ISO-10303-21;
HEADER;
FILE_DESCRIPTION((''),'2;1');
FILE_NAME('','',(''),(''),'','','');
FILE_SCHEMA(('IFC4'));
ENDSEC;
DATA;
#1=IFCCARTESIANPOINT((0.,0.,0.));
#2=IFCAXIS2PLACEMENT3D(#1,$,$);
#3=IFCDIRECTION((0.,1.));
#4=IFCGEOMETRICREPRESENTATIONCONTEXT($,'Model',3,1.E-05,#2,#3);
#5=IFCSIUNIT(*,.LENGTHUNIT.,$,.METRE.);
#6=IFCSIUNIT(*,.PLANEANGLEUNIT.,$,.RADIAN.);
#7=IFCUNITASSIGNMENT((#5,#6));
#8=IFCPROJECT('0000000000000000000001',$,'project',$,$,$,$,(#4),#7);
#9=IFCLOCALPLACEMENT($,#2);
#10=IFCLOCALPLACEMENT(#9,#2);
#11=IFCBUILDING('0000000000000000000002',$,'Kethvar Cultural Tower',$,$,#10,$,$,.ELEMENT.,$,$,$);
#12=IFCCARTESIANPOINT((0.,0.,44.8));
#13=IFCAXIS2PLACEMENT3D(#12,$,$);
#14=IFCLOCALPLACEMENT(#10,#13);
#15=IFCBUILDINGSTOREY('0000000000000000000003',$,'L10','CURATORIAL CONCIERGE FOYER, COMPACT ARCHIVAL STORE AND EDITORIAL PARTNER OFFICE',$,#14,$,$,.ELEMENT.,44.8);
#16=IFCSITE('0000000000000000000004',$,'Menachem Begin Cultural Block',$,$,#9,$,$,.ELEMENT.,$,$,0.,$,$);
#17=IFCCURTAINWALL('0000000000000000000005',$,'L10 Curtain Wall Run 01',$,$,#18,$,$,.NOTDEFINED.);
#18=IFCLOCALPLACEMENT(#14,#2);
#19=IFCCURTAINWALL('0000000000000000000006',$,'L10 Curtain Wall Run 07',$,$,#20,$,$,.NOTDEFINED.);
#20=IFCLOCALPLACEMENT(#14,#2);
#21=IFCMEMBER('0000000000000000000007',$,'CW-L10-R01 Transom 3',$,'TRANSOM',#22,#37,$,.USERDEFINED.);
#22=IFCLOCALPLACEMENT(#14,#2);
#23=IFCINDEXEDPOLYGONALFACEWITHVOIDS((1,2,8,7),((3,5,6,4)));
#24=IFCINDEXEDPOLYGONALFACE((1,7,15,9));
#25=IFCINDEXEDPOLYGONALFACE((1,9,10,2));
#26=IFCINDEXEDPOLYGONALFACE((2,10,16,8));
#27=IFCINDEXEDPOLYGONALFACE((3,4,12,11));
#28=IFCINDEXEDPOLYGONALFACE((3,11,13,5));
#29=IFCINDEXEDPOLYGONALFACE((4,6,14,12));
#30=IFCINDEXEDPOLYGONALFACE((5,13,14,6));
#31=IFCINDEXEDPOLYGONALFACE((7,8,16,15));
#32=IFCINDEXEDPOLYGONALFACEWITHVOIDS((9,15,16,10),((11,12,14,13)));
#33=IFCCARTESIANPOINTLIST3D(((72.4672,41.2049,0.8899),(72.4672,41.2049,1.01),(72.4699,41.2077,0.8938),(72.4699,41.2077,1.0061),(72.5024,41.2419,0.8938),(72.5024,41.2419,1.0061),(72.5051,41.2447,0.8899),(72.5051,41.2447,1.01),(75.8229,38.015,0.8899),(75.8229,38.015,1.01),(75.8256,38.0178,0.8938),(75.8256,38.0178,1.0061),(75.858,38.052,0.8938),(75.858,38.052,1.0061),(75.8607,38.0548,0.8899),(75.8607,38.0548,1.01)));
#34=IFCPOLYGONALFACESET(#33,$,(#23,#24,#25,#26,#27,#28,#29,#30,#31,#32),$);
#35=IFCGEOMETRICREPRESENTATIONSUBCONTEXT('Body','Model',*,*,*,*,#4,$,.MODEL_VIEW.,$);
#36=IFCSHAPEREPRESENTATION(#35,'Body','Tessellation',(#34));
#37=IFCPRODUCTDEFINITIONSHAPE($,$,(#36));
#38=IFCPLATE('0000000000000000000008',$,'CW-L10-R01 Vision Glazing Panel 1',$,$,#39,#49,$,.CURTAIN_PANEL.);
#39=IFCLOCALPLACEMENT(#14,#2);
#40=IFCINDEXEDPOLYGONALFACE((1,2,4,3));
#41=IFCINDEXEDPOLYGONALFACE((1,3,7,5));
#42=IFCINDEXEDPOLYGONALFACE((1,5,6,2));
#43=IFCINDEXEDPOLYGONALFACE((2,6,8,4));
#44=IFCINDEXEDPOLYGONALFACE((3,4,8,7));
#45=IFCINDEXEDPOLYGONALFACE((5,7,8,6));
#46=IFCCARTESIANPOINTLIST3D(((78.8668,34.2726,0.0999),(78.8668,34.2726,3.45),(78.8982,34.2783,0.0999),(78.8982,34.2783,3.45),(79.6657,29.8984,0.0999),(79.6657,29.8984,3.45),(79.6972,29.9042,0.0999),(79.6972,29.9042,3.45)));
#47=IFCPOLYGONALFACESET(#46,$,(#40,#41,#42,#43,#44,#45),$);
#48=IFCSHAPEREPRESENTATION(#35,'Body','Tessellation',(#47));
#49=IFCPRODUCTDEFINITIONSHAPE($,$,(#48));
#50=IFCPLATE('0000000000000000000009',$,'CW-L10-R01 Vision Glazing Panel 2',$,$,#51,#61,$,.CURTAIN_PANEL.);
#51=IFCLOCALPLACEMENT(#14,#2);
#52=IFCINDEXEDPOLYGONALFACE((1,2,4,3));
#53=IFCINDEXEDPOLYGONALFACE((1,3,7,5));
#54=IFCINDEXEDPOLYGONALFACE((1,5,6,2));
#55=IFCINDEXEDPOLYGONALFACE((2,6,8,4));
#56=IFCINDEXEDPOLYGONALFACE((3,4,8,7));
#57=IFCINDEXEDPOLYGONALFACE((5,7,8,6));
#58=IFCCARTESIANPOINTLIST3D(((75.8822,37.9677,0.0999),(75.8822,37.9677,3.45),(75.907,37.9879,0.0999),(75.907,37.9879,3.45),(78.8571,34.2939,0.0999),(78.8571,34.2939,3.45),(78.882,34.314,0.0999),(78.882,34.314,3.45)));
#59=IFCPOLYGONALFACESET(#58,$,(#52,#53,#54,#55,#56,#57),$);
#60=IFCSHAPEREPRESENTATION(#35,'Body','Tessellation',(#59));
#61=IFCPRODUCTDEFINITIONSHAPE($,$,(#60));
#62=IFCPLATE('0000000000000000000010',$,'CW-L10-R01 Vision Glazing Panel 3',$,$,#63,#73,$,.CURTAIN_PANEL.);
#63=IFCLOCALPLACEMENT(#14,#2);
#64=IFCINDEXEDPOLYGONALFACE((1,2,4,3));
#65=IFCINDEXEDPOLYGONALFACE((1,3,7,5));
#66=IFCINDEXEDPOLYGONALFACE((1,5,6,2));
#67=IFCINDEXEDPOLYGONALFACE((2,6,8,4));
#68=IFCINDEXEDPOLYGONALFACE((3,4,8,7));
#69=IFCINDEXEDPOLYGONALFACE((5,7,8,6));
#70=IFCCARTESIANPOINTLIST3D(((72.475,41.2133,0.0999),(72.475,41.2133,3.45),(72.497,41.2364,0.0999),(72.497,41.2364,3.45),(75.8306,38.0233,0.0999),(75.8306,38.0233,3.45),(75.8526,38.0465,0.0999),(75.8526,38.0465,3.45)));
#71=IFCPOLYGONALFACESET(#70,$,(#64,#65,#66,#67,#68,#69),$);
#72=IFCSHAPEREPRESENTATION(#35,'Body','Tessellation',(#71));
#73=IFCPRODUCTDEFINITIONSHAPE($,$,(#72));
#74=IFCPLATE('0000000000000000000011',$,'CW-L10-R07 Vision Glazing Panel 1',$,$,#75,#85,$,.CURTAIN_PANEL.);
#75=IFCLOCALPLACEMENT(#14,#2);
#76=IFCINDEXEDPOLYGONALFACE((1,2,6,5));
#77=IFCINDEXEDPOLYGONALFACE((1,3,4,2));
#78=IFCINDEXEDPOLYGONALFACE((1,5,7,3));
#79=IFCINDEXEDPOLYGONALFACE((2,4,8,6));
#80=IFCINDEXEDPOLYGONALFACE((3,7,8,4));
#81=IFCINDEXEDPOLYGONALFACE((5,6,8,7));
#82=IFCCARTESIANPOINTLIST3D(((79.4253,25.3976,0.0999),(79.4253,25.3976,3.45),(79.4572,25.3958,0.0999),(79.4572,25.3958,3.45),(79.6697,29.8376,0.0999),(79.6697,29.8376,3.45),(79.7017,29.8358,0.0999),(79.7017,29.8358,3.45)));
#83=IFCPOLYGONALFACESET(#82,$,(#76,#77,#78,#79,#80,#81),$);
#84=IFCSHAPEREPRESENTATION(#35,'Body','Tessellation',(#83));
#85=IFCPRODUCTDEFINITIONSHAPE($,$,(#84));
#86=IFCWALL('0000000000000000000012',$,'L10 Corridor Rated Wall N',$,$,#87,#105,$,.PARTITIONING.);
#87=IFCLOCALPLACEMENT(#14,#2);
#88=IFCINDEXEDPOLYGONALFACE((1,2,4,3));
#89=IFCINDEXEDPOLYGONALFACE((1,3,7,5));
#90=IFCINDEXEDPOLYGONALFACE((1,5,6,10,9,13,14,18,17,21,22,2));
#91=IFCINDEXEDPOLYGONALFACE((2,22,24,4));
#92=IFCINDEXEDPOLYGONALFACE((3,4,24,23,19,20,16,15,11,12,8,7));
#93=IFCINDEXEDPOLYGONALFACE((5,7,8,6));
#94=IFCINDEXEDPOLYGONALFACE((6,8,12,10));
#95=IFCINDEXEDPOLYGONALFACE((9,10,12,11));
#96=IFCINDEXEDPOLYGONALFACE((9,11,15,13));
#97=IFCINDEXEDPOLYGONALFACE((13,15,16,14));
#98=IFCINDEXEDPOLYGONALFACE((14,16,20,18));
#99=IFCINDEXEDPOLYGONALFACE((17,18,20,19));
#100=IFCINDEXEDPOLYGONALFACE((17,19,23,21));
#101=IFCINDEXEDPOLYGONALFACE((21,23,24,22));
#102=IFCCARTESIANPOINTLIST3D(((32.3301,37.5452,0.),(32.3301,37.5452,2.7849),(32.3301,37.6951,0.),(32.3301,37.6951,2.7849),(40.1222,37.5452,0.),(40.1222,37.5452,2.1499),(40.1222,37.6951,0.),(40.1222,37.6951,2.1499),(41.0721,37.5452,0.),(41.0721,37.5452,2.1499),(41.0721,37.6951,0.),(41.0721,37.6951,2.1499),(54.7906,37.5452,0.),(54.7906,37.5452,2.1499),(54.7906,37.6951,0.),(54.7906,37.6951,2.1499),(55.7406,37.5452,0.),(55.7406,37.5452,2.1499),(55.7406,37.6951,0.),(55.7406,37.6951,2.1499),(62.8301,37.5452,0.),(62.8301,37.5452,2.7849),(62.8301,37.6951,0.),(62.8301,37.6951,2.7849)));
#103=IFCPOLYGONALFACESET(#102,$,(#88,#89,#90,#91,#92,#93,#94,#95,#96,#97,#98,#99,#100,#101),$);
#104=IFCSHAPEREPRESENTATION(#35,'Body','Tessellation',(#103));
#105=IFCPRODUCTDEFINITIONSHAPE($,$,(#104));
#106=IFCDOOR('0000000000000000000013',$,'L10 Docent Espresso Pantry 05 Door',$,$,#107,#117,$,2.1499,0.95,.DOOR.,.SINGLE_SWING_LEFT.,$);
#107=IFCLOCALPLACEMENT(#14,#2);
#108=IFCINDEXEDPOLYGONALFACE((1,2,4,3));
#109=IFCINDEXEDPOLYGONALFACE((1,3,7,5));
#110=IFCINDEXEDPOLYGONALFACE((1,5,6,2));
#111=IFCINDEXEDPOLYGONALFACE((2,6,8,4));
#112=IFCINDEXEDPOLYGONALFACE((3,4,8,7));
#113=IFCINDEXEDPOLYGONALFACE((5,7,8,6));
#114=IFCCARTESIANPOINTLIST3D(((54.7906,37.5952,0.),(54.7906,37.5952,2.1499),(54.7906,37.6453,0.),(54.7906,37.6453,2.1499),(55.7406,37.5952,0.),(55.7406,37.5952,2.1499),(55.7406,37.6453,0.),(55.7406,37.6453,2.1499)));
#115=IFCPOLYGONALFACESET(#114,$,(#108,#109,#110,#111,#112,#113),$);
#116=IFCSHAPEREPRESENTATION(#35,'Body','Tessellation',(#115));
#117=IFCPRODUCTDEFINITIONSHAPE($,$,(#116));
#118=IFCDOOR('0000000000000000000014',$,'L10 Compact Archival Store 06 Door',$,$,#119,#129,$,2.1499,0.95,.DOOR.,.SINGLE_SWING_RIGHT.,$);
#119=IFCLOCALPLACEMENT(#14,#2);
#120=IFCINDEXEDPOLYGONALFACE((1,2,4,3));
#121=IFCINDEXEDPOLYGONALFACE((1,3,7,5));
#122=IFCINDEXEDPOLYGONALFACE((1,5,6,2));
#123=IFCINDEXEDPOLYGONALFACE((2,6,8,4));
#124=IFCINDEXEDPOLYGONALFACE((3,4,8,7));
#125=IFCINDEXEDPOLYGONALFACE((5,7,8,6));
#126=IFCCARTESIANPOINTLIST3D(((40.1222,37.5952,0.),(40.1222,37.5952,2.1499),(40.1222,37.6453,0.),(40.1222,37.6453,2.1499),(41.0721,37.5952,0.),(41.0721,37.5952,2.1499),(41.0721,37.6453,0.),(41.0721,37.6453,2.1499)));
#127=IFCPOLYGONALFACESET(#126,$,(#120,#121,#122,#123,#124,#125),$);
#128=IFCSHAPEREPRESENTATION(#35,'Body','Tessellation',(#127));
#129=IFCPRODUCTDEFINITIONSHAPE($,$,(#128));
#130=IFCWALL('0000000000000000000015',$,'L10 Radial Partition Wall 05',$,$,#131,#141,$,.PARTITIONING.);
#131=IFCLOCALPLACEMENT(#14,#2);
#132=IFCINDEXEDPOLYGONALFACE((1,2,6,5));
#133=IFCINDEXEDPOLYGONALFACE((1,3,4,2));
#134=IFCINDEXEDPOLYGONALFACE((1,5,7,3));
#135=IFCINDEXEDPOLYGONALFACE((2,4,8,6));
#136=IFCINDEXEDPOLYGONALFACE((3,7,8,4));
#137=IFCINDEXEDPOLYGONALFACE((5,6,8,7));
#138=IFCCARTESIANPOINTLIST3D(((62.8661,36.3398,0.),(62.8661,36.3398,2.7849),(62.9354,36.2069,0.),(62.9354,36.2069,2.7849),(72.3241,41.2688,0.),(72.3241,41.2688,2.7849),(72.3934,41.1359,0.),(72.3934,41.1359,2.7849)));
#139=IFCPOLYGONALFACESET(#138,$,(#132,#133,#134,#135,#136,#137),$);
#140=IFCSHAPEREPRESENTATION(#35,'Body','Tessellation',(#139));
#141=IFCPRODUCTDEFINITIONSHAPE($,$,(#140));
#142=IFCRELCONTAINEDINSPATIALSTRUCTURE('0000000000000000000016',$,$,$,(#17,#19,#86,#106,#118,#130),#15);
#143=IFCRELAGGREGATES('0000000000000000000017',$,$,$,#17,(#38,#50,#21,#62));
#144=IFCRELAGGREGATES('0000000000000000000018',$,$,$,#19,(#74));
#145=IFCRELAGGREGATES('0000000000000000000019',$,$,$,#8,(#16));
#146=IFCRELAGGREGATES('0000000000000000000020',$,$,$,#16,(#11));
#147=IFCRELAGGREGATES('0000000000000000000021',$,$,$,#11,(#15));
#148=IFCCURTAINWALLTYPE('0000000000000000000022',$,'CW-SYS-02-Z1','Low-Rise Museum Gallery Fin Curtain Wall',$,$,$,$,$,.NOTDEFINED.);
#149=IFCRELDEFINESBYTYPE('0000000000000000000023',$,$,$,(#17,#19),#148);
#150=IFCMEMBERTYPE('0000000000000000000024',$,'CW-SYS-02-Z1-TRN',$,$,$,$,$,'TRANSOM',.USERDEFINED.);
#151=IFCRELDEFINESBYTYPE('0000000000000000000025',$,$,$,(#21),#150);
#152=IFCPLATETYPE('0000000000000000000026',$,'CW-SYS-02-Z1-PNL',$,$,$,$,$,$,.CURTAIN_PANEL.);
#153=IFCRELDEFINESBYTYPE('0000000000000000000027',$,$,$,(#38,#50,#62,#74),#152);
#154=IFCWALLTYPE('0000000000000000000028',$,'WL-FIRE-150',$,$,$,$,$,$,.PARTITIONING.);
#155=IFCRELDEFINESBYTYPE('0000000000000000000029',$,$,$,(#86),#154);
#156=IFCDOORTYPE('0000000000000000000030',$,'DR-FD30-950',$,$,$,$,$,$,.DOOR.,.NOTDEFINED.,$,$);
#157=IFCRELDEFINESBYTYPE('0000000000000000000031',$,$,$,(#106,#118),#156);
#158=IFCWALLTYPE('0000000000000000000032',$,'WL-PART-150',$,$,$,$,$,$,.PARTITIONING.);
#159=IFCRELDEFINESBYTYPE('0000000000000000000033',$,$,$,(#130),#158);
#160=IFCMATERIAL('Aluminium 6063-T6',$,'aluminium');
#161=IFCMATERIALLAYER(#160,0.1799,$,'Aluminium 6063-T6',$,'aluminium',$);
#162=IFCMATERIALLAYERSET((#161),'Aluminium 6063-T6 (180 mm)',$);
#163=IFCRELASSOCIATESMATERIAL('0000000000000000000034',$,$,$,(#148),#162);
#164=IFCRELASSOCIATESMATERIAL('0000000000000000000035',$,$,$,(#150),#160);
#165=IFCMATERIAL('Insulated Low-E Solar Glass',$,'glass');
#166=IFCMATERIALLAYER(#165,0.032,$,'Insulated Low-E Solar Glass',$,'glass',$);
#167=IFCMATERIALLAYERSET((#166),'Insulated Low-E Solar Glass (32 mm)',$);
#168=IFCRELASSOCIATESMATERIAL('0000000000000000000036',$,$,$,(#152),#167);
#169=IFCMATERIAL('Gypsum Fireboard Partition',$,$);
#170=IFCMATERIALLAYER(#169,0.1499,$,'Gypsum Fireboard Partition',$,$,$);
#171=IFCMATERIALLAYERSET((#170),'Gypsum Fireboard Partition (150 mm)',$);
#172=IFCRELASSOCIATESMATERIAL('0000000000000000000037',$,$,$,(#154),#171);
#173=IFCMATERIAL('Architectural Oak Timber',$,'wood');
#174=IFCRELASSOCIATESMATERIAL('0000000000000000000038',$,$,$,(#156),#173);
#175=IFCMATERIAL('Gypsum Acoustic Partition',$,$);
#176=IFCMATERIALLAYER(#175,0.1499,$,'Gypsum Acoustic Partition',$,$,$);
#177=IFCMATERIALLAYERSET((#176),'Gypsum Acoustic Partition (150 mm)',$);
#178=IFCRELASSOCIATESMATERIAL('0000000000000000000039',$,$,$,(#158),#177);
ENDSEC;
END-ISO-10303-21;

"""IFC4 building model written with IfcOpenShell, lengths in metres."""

from ifc_helpers import new_model, si_unit, direction, frame, frame_2d, origin, origin_2d, place, context, subcontext, project, spatial, rectangle, hollow_rectangle, extrude, source, transform, mapped, material, layer, layer_set, material_profile, profile_set, type_object, element, fill, aggregate, save


model = new_model("IFC4")

# Units and contexts
model_context = context("Model", 3, precision=1e-05, world=origin(), true_north=direction((0.0, 1.0)))
body_context = subcontext(model_context, "Body", "Model", "MODEL_VIEW")
ifc_project = project(units=[si_unit("LENGTHUNIT", "METRE"), si_unit("PLANEANGLEUNIT", "RADIAN")], contexts=[model_context])

# Site, building, storey
site_placement = place(None, origin())
site = spatial("IfcSite", under=ifc_project, at=site_placement, Name="Menachem Begin Cultural Block", CompositionType="ELEMENT", RefElevation=0.0)
building_placement = place(site_placement, origin())
building = spatial("IfcBuilding", under=site, at=building_placement, Name="Kethvar Cultural Tower", CompositionType="ELEMENT")
storey_placement = place(building_placement, frame((0.0, 0.0, 44.8)))
storey = spatial("IfcBuildingStorey", under=building, at=storey_placement, Name="L10", Description="CURATORIAL CONCIERGE FOYER, COMPACT ARCHIVAL STORE AND EDITORIAL PARTNER OFFICE", CompositionType="ELEMENT", Elevation=44.8)

# Curtain wall
ifc_material_1 = material(Name="Aluminium 6063-T6", Category="aluminium")
ifc_layer_1 = layer(ifc_material_1, 0.1799, Name="Aluminium 6063-T6", Category="aluminium")
ifc_layer_set_1 = layer_set([ifc_layer_1], Name="Aluminium 6063-T6 (180 mm)")
curtain_wall_type = type_object("IfcCurtainWallType", Name="CW-SYS-02-Z1", Description="Low-Rise Museum Gallery Fin Curtain Wall", PredefinedType="NOTDEFINED", material=ifc_layer_set_1)
curtain_wall_1_placement = place(storey_placement, origin())
curtain_wall_1 = element("IfcCurtainWall", 1, at=curtain_wall_1_placement, inside=storey, type_object=curtain_wall_type, Name="L10 Curtain Wall Run 01", PredefinedType="NOTDEFINED")

# Curtain wall
curtain_wall_2_placement = place(storey_placement, origin())
curtain_wall_2 = element("IfcCurtainWall", 2, at=curtain_wall_2_placement, inside=storey, type_object=curtain_wall_type, Name="L10 Curtain Wall Run 07", PredefinedType="NOTDEFINED")

# Member
ifc_material_profile_1 = material_profile(ifc_material_1, hollow_rectangle(XDim=0.0549, YDim=0.1201, WallThickness=0.0039, at=origin_2d()), Name="Aluminium 6063-T6 — RHS120x55x4")
ifc_profile_set_1 = profile_set([ifc_material_profile_1], Name="Aluminium 6063-T6 — RHS120x55x4")
member_type_1 = type_object("IfcMemberType", Name="CW-SYS-02-Z1-TRN", ElementType="TRANSOM", PredefinedType="USERDEFINED", material=ifc_profile_set_1)
shared_shape_1 = source(origin(), body_context, "Body", "SweptSolid", [
    extrude(hollow_rectangle(XDim=0.0549, YDim=0.1201, WallThickness=0.0039, at=origin_2d()), origin(), (0.0, 0.0, 1.0), 4.6299),
])
member_1_placement = place(storey_placement, frame((75.8418, 38.0349, 0.95), z_axis=(-0.724782, 0.688978, 0.0), x_axis=(-0.688978, -0.724782, 0.0)))
member_1 = element("IfcMember", 3, at=member_1_placement, type_object=member_type_1, Name="CW-L10-R01 Transom 3", ObjectType="TRANSOM", PredefinedType="USERDEFINED", context=body_context, shape_type="MappedRepresentation", body=[
    mapped(shared_shape_1, transform((0.0, 0.0, 0.0), scale=1.0)),
])

# Plates
ifc_material_2 = material(Name="Insulated Low-E Solar Glass", Category="glass")
ifc_layer_2 = layer(ifc_material_2, 0.032, Name="Insulated Low-E Solar Glass", Category="glass")
ifc_layer_set_2 = layer_set([ifc_layer_2], Name="Insulated Low-E Solar Glass (32 mm)")
plate_type = type_object("IfcPlateType", Name="CW-SYS-02-Z1-PNL", PredefinedType="CURTAIN_PANEL", material=ifc_layer_set_2)
shared_shape_2 = source(origin(), body_context, "Body", "SweptSolid", [
    extrude(rectangle(XDim=4.4465, YDim=0.032, at=origin_2d()), origin(), (0.0, 0.0, 1.0), 3.3501),
])
plate_1_placement = place(storey_placement, frame((79.282, 32.0884, 0.0999), z_axis=(0.0, 0.0, 1.0), x_axis=(-0.179678, 0.983725, 0.0)))
plate_1 = element("IfcPlate", 4, at=plate_1_placement, type_object=plate_type, Name="CW-L10-R01 Vision Glazing Panel 1", PredefinedType="CURTAIN_PANEL", context=body_context, shape_type="MappedRepresentation", body=[
    mapped(shared_shape_2, transform((0.0, 0.0, 0.0), scale=1.0)),
])
shared_shape_3 = source(origin(), body_context, "Body", "SweptSolid", [
    extrude(rectangle(XDim=4.7273, YDim=0.032, at=origin_2d()), origin(), (0.0, 0.0, 1.0), 3.3501),
])
plate_2_placement = place(storey_placement, frame((77.3821, 36.1409, 0.0999), z_axis=(0.0, 0.0, 1.0), x_axis=(-0.629307, 0.777157, 0.0)))
plate_2 = element("IfcPlate", 5, at=plate_2_placement, type_object=plate_type, Name="CW-L10-R01 Vision Glazing Panel 2", PredefinedType="CURTAIN_PANEL", context=body_context, shape_type="MappedRepresentation", body=[
    mapped(shared_shape_3, transform((0.0, 0.0, 0.0), scale=1.0)),
])
shared_shape_4 = source(origin(), body_context, "Body", "SweptSolid", [
    extrude(rectangle(XDim=4.6299, YDim=0.032, at=origin_2d()), origin(), (0.0, 0.0, 1.0), 3.3501),
])
plate_3_placement = place(storey_placement, frame((74.1638, 39.6299, 0.0999), z_axis=(0.0, 0.0, 1.0), x_axis=(-0.724773, 0.688987, 0.0)))
plate_3 = element("IfcPlate", 6, at=plate_3_placement, type_object=plate_type, Name="CW-L10-R01 Vision Glazing Panel 3", PredefinedType="CURTAIN_PANEL", context=body_context, shape_type="MappedRepresentation", body=[
    mapped(shared_shape_4, transform((0.0, 0.0, 0.0), scale=1.0)),
])
aggregate(curtain_wall_1, [plate_1, plate_2, member_1, plate_3])
shared_shape_5 = source(origin(), body_context, "Body", "SweptSolid", [
    extrude(rectangle(XDim=4.4468, YDim=0.032, at=origin_2d()), origin(), (0.0, 0.0, 1.0), 3.3501),
])
plate_4_placement = place(storey_placement, frame((79.5635, 27.6167, 0.0999), z_axis=(0.0, 0.0, 1.0), x_axis=(0.054968, 0.998488, 0.0)))
plate_4 = element("IfcPlate", 7, at=plate_4_placement, type_object=plate_type, Name="CW-L10-R07 Vision Glazing Panel 1", PredefinedType="CURTAIN_PANEL", context=body_context, shape_type="MappedRepresentation", body=[
    mapped(shared_shape_5, transform((0.0, 0.0, 0.0), scale=1.0)),
])
aggregate(curtain_wall_2, [plate_4])

# Wall, openings, doors
ifc_material_3 = material(Name="Gypsum Fireboard Partition")
ifc_layer_3 = layer(ifc_material_3, 0.1499, Name="Gypsum Fireboard Partition")
ifc_layer_set_3 = layer_set([ifc_layer_3], Name="Gypsum Fireboard Partition (150 mm)")
wall_type_1 = type_object("IfcWallType", Name="WL-FIRE-150", PredefinedType="PARTITIONING", material=ifc_layer_set_3)
wall_1_placement = place(storey_placement, frame((62.8301, 37.6201, 0.0), z_axis=(0.0, 0.0, 1.0), x_axis=(-1.0, 0.0, 0.0)))
wall_1 = element("IfcWall", 8, at=wall_1_placement, inside=storey, type_object=wall_type_1, Name="L10 Corridor Rated Wall N", PredefinedType="PARTITIONING", context=body_context, shape_type="SweptSolid", body=[
    extrude(rectangle(XDim=30.5, YDim=0.1499, at=frame_2d((15.25, 0.0))), origin(), (0.0, 0.0, 1.0), 2.7849),
])
opening_1_placement = place(wall_1_placement, frame((7.0894, 0.0, 0.0)))
opening_1 = element("IfcOpeningElement", 9, at=opening_1_placement, cuts=wall_1, PredefinedType="OPENING", context=body_context, shape_type="SweptSolid", body=[
    extrude(rectangle(XDim=0.95, YDim=2.1499, at=frame_2d((0.4751, 1.075))), frame((0.0, 0.085, 0.0), z_axis=(0.0, -1.0, 0.0), x_axis=(1.0, 0.0, 0.0)), (0.0, 0.0, 1.0), 0.1699),
])
opening_2_placement = place(wall_1_placement, frame((21.7578, 0.0, 0.0)))
opening_2 = element("IfcOpeningElement", 10, at=opening_2_placement, cuts=wall_1, PredefinedType="OPENING", context=body_context, shape_type="SweptSolid", body=[
    extrude(rectangle(XDim=0.95, YDim=2.1499, at=frame_2d((0.4751, 1.075))), frame((0.0, 0.085, 0.0), z_axis=(0.0, -1.0, 0.0), x_axis=(1.0, 0.0, 0.0)), (0.0, 0.0, 1.0), 0.1699),
])
ifc_material_4 = material(Name="Architectural Oak Timber", Category="wood")
door_type = type_object("IfcDoorType", Name="DR-FD30-950", OperationType="NOTDEFINED", PredefinedType="DOOR", material=ifc_material_4)
shared_shape_6 = source(origin(), body_context, "Body", "SweptSolid", [
    extrude(rectangle(XDim=0.95, YDim=2.1499, at=frame_2d((0.4751, 1.075))), frame((0.0, 0.0249, 0.0), z_axis=(0.0, -1.0, 0.0), x_axis=(1.0, 0.0, 0.0)), (0.0, 0.0, 1.0), 0.05),
])
door_1_placement = place(opening_1_placement, origin())
door_1 = element("IfcDoor", 11, at=door_1_placement, inside=storey, type_object=door_type, Name="L10 Docent Espresso Pantry 05 Door", OperationType="SINGLE_SWING_LEFT", OverallHeight=2.1499, OverallWidth=0.95, PredefinedType="DOOR", context=body_context, shape_type="MappedRepresentation", body=[
    mapped(shared_shape_6, transform((0.0, 0.0, 0.0), scale=1.0)),
])
fill(opening_1, door_1)
door_2_placement = place(opening_2_placement, origin())
door_2 = element("IfcDoor", 12, at=door_2_placement, inside=storey, type_object=door_type, Name="L10 Compact Archival Store 06 Door", OperationType="SINGLE_SWING_RIGHT", OverallHeight=2.1499, OverallWidth=0.95, PredefinedType="DOOR", context=body_context, shape_type="MappedRepresentation", body=[
    mapped(shared_shape_6, transform((0.0, 0.0, 0.0), scale=1.0)),
])
fill(opening_2, door_2)

# Wall
ifc_material_5 = material(Name="Gypsum Acoustic Partition")
ifc_layer_4 = layer(ifc_material_5, 0.1499, Name="Gypsum Acoustic Partition")
ifc_layer_set_4 = layer_set([ifc_layer_4], Name="Gypsum Acoustic Partition (150 mm)")
wall_type_2 = type_object("IfcWallType", Name="WL-PART-150", PredefinedType="PARTITIONING", material=ifc_layer_set_4)
wall_2_placement = place(storey_placement, frame((62.9009, 36.2734, 0.0), z_axis=(0.0, 0.0, 1.0), x_axis=(0.886802, 0.462149, 0.0)))
element("IfcWall", 13, at=wall_2_placement, inside=storey, type_object=wall_type_2, Name="L10 Radial Partition Wall 05", PredefinedType="PARTITIONING", context=body_context, shape_type="SweptSolid", body=[
    extrude(rectangle(XDim=10.6653, YDim=0.1499, at=frame_2d((5.3325, 0.0))), origin(), (0.0, 0.0, 1.0), 2.7849),
])

save(model, "model.ifc")
